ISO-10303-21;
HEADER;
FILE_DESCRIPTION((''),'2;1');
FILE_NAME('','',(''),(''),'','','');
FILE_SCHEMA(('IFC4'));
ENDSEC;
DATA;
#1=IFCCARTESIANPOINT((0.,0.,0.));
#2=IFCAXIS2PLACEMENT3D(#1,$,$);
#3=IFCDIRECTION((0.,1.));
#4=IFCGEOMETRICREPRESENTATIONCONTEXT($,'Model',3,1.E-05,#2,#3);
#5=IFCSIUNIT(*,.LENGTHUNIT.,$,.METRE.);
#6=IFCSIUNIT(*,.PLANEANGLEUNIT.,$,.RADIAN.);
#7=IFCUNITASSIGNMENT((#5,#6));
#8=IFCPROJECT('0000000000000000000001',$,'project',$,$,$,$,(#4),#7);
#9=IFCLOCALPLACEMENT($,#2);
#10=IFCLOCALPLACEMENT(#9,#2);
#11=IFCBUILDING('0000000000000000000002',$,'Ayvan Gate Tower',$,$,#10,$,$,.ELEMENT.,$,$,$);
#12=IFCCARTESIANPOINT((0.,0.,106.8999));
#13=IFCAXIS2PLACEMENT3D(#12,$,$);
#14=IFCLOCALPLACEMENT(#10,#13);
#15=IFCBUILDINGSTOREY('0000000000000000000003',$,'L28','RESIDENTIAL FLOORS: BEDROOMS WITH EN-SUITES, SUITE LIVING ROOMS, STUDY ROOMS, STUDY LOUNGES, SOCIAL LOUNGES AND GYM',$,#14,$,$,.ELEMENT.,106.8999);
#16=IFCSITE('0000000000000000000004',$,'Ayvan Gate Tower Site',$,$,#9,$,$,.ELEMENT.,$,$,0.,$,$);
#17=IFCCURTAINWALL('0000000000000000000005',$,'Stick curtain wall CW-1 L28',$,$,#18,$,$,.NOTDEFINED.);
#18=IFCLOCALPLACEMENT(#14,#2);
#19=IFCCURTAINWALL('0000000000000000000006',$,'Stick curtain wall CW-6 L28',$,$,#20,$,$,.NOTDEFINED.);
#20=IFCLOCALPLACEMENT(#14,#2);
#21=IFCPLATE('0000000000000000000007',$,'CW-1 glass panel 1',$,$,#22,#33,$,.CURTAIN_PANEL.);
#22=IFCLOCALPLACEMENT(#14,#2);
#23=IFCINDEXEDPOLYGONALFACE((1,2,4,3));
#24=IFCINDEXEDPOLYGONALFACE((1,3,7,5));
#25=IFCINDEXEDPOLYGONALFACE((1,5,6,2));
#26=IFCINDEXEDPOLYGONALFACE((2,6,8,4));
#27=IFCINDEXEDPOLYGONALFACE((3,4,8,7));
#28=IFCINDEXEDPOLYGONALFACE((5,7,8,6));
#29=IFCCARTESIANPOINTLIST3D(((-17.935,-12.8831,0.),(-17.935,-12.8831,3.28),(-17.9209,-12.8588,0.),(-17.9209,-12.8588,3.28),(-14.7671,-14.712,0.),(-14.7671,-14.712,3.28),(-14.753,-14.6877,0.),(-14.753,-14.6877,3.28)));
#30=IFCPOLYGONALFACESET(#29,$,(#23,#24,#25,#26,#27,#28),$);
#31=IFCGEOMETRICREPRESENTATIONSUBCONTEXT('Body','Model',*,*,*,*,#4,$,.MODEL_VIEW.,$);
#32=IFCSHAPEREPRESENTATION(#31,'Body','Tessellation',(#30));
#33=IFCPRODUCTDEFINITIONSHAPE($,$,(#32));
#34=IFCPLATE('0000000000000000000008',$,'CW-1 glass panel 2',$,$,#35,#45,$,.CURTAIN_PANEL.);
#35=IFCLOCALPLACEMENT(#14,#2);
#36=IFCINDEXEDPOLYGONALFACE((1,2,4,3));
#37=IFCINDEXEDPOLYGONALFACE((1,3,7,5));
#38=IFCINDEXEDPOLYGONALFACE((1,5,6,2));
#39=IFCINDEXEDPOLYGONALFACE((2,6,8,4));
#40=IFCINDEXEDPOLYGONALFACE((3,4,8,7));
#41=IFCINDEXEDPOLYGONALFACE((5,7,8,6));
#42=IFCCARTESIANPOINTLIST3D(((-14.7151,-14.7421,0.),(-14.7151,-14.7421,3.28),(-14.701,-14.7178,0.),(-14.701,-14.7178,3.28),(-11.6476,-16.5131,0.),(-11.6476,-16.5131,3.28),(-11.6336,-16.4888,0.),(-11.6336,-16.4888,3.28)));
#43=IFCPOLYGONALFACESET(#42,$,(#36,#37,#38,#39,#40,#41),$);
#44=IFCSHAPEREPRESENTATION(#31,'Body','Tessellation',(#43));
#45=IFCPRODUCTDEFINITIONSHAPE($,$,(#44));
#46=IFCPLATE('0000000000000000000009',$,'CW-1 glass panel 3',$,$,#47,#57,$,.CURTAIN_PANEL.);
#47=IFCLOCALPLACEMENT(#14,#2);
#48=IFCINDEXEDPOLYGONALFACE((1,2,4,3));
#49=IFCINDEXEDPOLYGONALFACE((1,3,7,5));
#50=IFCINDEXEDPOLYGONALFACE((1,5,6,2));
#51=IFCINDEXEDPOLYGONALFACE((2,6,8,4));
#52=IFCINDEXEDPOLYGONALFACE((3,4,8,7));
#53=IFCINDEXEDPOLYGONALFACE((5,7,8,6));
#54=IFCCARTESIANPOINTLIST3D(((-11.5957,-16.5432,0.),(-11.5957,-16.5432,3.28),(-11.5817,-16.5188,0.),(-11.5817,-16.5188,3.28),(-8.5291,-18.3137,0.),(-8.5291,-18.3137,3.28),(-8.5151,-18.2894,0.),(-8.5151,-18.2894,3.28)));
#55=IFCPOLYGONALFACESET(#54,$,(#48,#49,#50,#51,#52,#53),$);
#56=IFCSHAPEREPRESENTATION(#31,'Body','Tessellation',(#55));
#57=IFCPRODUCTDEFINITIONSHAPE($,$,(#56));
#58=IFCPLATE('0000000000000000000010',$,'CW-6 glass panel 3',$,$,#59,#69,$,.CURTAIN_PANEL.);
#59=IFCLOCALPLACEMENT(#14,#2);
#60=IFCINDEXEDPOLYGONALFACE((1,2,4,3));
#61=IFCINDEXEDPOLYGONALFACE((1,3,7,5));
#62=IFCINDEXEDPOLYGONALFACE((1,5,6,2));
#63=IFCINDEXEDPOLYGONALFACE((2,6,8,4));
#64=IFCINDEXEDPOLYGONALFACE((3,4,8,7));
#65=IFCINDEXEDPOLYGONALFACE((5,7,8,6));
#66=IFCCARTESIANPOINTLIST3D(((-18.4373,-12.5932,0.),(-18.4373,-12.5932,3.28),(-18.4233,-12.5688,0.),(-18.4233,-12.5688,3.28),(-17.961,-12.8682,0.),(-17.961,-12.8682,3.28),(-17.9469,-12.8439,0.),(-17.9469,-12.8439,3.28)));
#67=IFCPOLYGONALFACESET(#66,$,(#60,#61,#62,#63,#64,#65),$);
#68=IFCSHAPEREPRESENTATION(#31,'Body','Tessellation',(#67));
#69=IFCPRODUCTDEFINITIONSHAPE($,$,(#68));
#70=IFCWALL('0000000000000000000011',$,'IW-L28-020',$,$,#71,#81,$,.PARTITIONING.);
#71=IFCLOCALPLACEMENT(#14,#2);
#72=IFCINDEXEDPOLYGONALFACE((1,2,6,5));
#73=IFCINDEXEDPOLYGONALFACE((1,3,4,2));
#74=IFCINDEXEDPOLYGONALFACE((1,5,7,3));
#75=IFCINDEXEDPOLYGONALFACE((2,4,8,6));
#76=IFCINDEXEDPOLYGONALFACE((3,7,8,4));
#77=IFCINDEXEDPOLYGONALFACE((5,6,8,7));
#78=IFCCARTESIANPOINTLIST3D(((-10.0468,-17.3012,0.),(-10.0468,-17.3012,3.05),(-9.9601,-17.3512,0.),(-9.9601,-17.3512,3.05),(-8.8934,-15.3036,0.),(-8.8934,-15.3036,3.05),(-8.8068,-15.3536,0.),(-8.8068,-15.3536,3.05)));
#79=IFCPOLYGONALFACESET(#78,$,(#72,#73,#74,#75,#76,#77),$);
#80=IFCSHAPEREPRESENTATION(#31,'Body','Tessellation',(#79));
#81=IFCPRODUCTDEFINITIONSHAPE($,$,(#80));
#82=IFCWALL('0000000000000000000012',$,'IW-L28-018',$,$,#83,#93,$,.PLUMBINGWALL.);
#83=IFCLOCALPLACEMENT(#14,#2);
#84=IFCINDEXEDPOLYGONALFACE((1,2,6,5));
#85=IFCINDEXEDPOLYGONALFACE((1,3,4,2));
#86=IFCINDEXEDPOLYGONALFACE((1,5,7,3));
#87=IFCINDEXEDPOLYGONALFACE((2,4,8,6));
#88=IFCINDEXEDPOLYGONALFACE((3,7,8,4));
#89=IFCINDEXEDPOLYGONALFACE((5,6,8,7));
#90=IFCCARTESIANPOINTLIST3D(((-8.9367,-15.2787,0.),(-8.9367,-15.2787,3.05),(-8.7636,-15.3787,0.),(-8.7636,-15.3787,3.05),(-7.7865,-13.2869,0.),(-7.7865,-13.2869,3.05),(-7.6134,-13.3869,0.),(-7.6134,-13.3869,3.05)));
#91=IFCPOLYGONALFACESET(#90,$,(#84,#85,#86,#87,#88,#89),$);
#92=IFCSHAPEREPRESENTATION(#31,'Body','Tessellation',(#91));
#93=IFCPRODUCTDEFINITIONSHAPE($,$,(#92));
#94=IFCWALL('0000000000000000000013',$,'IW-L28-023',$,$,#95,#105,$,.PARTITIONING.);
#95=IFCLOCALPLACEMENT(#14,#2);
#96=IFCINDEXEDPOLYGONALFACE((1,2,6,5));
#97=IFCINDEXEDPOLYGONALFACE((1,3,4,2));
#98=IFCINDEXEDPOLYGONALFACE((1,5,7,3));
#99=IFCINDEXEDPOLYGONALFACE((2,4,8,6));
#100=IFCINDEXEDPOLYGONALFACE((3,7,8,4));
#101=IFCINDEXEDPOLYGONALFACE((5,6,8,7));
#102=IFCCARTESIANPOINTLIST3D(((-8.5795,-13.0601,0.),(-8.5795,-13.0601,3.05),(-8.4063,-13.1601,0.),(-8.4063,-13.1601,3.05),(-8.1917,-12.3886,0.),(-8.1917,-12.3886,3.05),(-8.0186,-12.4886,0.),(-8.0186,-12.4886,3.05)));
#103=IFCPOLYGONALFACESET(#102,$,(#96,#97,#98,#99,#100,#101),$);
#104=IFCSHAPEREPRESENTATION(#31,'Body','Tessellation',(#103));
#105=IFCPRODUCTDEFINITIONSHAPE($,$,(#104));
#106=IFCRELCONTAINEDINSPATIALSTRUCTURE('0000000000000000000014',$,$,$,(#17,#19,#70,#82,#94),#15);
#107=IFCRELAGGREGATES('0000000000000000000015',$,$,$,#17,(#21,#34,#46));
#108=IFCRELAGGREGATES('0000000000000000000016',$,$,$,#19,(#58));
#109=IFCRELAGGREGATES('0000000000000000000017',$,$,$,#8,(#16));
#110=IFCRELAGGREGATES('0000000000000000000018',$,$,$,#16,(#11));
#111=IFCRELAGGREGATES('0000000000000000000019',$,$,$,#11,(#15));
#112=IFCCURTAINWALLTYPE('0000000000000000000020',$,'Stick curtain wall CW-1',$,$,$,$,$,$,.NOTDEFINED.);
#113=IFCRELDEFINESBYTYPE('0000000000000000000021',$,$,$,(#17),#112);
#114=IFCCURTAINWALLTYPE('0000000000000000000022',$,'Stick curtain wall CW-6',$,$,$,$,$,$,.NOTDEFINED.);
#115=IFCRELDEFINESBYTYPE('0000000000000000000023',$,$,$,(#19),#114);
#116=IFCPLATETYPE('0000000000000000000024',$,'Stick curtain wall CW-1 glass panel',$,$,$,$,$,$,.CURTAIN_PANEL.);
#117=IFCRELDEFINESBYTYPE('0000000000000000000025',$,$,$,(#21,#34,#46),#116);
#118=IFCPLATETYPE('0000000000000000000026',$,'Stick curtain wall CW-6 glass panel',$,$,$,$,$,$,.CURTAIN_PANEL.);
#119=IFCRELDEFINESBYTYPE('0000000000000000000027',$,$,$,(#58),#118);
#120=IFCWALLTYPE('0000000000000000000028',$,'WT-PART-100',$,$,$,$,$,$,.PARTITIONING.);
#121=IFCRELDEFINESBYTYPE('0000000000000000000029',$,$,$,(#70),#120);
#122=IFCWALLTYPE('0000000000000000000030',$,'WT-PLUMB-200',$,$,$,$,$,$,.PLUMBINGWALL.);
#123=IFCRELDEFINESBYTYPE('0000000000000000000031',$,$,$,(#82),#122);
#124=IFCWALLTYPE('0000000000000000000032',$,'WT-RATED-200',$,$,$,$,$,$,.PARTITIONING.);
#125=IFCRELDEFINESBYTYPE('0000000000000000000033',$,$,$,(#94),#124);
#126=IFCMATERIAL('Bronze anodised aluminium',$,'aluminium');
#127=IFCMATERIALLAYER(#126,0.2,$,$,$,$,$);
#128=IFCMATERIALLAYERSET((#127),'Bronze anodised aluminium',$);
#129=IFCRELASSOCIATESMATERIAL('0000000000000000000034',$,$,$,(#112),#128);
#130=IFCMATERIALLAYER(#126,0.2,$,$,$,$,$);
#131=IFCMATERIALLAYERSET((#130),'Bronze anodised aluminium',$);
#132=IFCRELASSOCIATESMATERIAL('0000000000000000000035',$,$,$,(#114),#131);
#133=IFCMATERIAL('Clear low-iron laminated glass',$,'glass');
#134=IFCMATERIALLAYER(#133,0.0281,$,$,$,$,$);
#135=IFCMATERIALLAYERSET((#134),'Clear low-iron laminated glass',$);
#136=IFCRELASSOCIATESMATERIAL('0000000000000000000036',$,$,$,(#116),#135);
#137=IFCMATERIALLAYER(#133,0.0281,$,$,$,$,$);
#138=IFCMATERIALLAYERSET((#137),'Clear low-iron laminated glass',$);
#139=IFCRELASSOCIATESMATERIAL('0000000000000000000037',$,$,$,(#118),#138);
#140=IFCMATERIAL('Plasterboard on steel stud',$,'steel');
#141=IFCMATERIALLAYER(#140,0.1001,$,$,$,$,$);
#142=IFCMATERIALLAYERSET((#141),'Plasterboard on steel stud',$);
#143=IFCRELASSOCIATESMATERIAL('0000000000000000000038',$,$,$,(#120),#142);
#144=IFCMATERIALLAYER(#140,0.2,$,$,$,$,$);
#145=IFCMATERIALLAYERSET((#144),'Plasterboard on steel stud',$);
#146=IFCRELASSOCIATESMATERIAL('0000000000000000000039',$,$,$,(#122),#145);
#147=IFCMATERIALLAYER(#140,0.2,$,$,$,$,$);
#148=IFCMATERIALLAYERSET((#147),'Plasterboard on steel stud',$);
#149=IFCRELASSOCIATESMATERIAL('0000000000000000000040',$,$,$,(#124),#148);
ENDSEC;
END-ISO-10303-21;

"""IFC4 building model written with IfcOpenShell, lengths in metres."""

from ifc_helpers import new_model, si_unit, direction, frame, frame_2d, origin, origin_2d, place, context, subcontext, project, spatial, rectangle, extrude, material, layer, layer_set, type_object, element, aggregate, save


model = new_model("IFC4")

# Units and contexts
model_context = context("Model", 3, precision=1e-05, world=origin(), true_north=direction((0.0, 1.0)))
body_context = subcontext(model_context, "Body", "Model", "MODEL_VIEW")
ifc_project = project(units=[si_unit("LENGTHUNIT", "METRE"), si_unit("PLANEANGLEUNIT", "RADIAN")], contexts=[model_context])

# Site, building, storey
site_placement = place(None, origin())
site = spatial("IfcSite", under=ifc_project, at=site_placement, Name="Ayvan Gate Tower Site", CompositionType="ELEMENT", RefElevation=0.0)
building_placement = place(site_placement, origin())
building = spatial("IfcBuilding", under=site, at=building_placement, Name="Ayvan Gate Tower", CompositionType="ELEMENT")
storey_placement = place(building_placement, frame((0.0, 0.0, 106.8999)))
storey = spatial("IfcBuildingStorey", under=building, at=storey_placement, Name="L28", Description="RESIDENTIAL FLOORS: BEDROOMS WITH EN-SUITES, SUITE LIVING ROOMS, STUDY ROOMS, STUDY LOUNGES, SOCIAL LOUNGES AND GYM", CompositionType="ELEMENT", Elevation=106.8999)

# Curtain walls
ifc_material_1 = material(Name="Bronze anodised aluminium", Category="aluminium")
ifc_layer_1 = layer(ifc_material_1, 0.2)
ifc_layer_set_1 = layer_set([ifc_layer_1], Name="Bronze anodised aluminium")
curtain_wall_type_1 = type_object("IfcCurtainWallType", Name="Stick curtain wall CW-1", PredefinedType="NOTDEFINED", material=ifc_layer_set_1)
curtain_wall_1_placement = place(storey_placement, origin())
curtain_wall_1 = element("IfcCurtainWall", 1, at=curtain_wall_1_placement, inside=storey, type_object=curtain_wall_type_1, Name="Stick curtain wall CW-1 L28", PredefinedType="NOTDEFINED")
ifc_layer_2 = layer(ifc_material_1, 0.2)
ifc_layer_set_2 = layer_set([ifc_layer_2], Name="Bronze anodised aluminium")
curtain_wall_type_2 = type_object("IfcCurtainWallType", Name="Stick curtain wall CW-6", PredefinedType="NOTDEFINED", material=ifc_layer_set_2)
curtain_wall_2_placement = place(storey_placement, origin())
curtain_wall_2 = element("IfcCurtainWall", 2, at=curtain_wall_2_placement, inside=storey, type_object=curtain_wall_type_2, Name="Stick curtain wall CW-6 L28", PredefinedType="NOTDEFINED")

# Plates
ifc_material_2 = material(Name="Clear low-iron laminated glass", Category="glass")
ifc_layer_3 = layer(ifc_material_2, 0.0281)
ifc_layer_set_3 = layer_set([ifc_layer_3], Name="Clear low-iron laminated glass")
plate_type_1 = type_object("IfcPlateType", Name="Stick curtain wall CW-1 glass panel", PredefinedType="CURTAIN_PANEL", material=ifc_layer_set_3)
plate_1_placement = place(storey_placement, frame((-16.344, -13.7854, 0.0), z_axis=(0.0, 0.0, 1.0), x_axis=(0.866025, -0.5, 0.0)))
plate_1 = element("IfcPlate", 3, at=plate_1_placement, type_object=plate_type_1, Name="CW-1 glass panel 1", PredefinedType="CURTAIN_PANEL", context=body_context, shape_type="SweptSolid", body=[
    extrude(rectangle(XDim=3.658, YDim=0.0281, at=origin_2d()), origin(), (0.0, 0.0, 1.0), 3.28),
])
plate_2_placement = place(storey_placement, frame((-13.1743, -15.6155, 0.0), z_axis=(0.0, 0.0, 1.0), x_axis=(0.866025, -0.5, 0.0)))
plate_2 = element("IfcPlate", 4, at=plate_2_placement, type_object=plate_type_1, Name="CW-1 glass panel 2", PredefinedType="CURTAIN_PANEL", context=body_context, shape_type="SweptSolid", body=[
    extrude(rectangle(XDim=3.542, YDim=0.0281, at=origin_2d()), origin(), (0.0, 0.0, 1.0), 3.28),
])
plate_3_placement = place(storey_placement, frame((-10.0554, -17.4163, 0.0), z_axis=(0.0, 0.0, 1.0), x_axis=(0.866025, -0.5, 0.0)))
plate_3 = element("IfcPlate", 5, at=plate_3_placement, type_object=plate_type_1, Name="CW-1 glass panel 3", PredefinedType="CURTAIN_PANEL", context=body_context, shape_type="SweptSolid", body=[
    extrude(rectangle(XDim=3.541, YDim=0.0281, at=origin_2d()), origin(), (0.0, 0.0, 1.0), 3.28),
])
aggregate(curtain_wall_1, [plate_1, plate_2, plate_3])
ifc_layer_4 = layer(ifc_material_2, 0.0281)
ifc_layer_set_4 = layer_set([ifc_layer_4], Name="Clear low-iron laminated glass")
plate_type_2 = type_object("IfcPlateType", Name="Stick curtain wall CW-6 glass panel", PredefinedType="CURTAIN_PANEL", material=ifc_layer_set_4)
plate_4_placement = place(storey_placement, frame((-18.1921, -12.7185, 0.0), z_axis=(0.0, 0.0, 1.0), x_axis=(0.866025, -0.5, 0.0)))
plate_4 = element("IfcPlate", 6, at=plate_4_placement, type_object=plate_type_2, Name="CW-6 glass panel 3", PredefinedType="CURTAIN_PANEL", context=body_context, shape_type="SweptSolid", body=[
    extrude(rectangle(XDim=0.55, YDim=0.0281, at=origin_2d()), origin(), (0.0, 0.0, 1.0), 3.28),
])
aggregate(curtain_wall_2, [plate_4])

# Walls
ifc_material_3 = material(Name="Plasterboard on steel stud", Category="steel")
ifc_layer_5 = layer(ifc_material_3, 0.1001)
ifc_layer_set_5 = layer_set([ifc_layer_5], Name="Plasterboard on steel stud")
wall_type_1 = type_object("IfcWallType", Name="WT-PART-100", PredefinedType="PARTITIONING", material=ifc_layer_set_5)
wall_1_placement = place(storey_placement, frame((-8.8501, -15.3286, 0.0), z_axis=(0.0, 0.0, 1.0), x_axis=(-0.50001, -0.86602, 0.0)))
element("IfcWall", 7, at=wall_1_placement, inside=storey, type_object=wall_type_1, Name="IW-L28-020", PredefinedType="PARTITIONING", context=body_context, shape_type="SweptSolid", body=[
    extrude(rectangle(XDim=2.3066, YDim=0.1001, at=frame_2d((1.1533, 0.0))), origin(), (0.0, 0.0, 1.0), 3.05),
])
ifc_layer_6 = layer(ifc_material_3, 0.2)
ifc_layer_set_6 = layer_set([ifc_layer_6], Name="Plasterboard on steel stud")
wall_type_2 = type_object("IfcWallType", Name="WT-PLUMB-200", PredefinedType="PLUMBINGWALL", material=ifc_layer_set_6)
wall_2_placement = place(storey_placement, frame((-8.8501, -15.3286, 0.0), z_axis=(0.0, 0.0, 1.0), x_axis=(0.500078, 0.865981, 0.0)))
element("IfcWall", 8, at=wall_2_placement, inside=storey, type_object=wall_type_2, Name="IW-L28-018", PredefinedType="PLUMBINGWALL", context=body_context, shape_type="SweptSolid", body=[
    extrude(rectangle(XDim=2.3, YDim=0.2, at=frame_2d((1.1499, 0.0))), origin(), (0.0, 0.0, 1.0), 3.05),
])
ifc_layer_7 = layer(ifc_material_3, 0.2)
ifc_layer_set_7 = layer_set([ifc_layer_7], Name="Plasterboard on steel stud")
wall_type_3 = type_object("IfcWallType", Name="WT-RATED-200", PredefinedType="PARTITIONING", material=ifc_layer_set_7)
wall_3_placement = place(storey_placement, frame((-8.4929, -13.1101, 0.0), z_axis=(0.0, 0.0, 1.0), x_axis=(0.500068, 0.865986, 0.0)))
element("IfcWall", 9, at=wall_3_placement, inside=storey, type_object=wall_type_3, Name="IW-L28-023", PredefinedType="PARTITIONING", context=body_context, shape_type="SweptSolid", body=[
    extrude(rectangle(XDim=0.7754, YDim=0.2, at=frame_2d((0.3877, 0.0))), origin(), (0.0, 0.0, 1.0), 3.05),
])

save(model, "model.ifc")
